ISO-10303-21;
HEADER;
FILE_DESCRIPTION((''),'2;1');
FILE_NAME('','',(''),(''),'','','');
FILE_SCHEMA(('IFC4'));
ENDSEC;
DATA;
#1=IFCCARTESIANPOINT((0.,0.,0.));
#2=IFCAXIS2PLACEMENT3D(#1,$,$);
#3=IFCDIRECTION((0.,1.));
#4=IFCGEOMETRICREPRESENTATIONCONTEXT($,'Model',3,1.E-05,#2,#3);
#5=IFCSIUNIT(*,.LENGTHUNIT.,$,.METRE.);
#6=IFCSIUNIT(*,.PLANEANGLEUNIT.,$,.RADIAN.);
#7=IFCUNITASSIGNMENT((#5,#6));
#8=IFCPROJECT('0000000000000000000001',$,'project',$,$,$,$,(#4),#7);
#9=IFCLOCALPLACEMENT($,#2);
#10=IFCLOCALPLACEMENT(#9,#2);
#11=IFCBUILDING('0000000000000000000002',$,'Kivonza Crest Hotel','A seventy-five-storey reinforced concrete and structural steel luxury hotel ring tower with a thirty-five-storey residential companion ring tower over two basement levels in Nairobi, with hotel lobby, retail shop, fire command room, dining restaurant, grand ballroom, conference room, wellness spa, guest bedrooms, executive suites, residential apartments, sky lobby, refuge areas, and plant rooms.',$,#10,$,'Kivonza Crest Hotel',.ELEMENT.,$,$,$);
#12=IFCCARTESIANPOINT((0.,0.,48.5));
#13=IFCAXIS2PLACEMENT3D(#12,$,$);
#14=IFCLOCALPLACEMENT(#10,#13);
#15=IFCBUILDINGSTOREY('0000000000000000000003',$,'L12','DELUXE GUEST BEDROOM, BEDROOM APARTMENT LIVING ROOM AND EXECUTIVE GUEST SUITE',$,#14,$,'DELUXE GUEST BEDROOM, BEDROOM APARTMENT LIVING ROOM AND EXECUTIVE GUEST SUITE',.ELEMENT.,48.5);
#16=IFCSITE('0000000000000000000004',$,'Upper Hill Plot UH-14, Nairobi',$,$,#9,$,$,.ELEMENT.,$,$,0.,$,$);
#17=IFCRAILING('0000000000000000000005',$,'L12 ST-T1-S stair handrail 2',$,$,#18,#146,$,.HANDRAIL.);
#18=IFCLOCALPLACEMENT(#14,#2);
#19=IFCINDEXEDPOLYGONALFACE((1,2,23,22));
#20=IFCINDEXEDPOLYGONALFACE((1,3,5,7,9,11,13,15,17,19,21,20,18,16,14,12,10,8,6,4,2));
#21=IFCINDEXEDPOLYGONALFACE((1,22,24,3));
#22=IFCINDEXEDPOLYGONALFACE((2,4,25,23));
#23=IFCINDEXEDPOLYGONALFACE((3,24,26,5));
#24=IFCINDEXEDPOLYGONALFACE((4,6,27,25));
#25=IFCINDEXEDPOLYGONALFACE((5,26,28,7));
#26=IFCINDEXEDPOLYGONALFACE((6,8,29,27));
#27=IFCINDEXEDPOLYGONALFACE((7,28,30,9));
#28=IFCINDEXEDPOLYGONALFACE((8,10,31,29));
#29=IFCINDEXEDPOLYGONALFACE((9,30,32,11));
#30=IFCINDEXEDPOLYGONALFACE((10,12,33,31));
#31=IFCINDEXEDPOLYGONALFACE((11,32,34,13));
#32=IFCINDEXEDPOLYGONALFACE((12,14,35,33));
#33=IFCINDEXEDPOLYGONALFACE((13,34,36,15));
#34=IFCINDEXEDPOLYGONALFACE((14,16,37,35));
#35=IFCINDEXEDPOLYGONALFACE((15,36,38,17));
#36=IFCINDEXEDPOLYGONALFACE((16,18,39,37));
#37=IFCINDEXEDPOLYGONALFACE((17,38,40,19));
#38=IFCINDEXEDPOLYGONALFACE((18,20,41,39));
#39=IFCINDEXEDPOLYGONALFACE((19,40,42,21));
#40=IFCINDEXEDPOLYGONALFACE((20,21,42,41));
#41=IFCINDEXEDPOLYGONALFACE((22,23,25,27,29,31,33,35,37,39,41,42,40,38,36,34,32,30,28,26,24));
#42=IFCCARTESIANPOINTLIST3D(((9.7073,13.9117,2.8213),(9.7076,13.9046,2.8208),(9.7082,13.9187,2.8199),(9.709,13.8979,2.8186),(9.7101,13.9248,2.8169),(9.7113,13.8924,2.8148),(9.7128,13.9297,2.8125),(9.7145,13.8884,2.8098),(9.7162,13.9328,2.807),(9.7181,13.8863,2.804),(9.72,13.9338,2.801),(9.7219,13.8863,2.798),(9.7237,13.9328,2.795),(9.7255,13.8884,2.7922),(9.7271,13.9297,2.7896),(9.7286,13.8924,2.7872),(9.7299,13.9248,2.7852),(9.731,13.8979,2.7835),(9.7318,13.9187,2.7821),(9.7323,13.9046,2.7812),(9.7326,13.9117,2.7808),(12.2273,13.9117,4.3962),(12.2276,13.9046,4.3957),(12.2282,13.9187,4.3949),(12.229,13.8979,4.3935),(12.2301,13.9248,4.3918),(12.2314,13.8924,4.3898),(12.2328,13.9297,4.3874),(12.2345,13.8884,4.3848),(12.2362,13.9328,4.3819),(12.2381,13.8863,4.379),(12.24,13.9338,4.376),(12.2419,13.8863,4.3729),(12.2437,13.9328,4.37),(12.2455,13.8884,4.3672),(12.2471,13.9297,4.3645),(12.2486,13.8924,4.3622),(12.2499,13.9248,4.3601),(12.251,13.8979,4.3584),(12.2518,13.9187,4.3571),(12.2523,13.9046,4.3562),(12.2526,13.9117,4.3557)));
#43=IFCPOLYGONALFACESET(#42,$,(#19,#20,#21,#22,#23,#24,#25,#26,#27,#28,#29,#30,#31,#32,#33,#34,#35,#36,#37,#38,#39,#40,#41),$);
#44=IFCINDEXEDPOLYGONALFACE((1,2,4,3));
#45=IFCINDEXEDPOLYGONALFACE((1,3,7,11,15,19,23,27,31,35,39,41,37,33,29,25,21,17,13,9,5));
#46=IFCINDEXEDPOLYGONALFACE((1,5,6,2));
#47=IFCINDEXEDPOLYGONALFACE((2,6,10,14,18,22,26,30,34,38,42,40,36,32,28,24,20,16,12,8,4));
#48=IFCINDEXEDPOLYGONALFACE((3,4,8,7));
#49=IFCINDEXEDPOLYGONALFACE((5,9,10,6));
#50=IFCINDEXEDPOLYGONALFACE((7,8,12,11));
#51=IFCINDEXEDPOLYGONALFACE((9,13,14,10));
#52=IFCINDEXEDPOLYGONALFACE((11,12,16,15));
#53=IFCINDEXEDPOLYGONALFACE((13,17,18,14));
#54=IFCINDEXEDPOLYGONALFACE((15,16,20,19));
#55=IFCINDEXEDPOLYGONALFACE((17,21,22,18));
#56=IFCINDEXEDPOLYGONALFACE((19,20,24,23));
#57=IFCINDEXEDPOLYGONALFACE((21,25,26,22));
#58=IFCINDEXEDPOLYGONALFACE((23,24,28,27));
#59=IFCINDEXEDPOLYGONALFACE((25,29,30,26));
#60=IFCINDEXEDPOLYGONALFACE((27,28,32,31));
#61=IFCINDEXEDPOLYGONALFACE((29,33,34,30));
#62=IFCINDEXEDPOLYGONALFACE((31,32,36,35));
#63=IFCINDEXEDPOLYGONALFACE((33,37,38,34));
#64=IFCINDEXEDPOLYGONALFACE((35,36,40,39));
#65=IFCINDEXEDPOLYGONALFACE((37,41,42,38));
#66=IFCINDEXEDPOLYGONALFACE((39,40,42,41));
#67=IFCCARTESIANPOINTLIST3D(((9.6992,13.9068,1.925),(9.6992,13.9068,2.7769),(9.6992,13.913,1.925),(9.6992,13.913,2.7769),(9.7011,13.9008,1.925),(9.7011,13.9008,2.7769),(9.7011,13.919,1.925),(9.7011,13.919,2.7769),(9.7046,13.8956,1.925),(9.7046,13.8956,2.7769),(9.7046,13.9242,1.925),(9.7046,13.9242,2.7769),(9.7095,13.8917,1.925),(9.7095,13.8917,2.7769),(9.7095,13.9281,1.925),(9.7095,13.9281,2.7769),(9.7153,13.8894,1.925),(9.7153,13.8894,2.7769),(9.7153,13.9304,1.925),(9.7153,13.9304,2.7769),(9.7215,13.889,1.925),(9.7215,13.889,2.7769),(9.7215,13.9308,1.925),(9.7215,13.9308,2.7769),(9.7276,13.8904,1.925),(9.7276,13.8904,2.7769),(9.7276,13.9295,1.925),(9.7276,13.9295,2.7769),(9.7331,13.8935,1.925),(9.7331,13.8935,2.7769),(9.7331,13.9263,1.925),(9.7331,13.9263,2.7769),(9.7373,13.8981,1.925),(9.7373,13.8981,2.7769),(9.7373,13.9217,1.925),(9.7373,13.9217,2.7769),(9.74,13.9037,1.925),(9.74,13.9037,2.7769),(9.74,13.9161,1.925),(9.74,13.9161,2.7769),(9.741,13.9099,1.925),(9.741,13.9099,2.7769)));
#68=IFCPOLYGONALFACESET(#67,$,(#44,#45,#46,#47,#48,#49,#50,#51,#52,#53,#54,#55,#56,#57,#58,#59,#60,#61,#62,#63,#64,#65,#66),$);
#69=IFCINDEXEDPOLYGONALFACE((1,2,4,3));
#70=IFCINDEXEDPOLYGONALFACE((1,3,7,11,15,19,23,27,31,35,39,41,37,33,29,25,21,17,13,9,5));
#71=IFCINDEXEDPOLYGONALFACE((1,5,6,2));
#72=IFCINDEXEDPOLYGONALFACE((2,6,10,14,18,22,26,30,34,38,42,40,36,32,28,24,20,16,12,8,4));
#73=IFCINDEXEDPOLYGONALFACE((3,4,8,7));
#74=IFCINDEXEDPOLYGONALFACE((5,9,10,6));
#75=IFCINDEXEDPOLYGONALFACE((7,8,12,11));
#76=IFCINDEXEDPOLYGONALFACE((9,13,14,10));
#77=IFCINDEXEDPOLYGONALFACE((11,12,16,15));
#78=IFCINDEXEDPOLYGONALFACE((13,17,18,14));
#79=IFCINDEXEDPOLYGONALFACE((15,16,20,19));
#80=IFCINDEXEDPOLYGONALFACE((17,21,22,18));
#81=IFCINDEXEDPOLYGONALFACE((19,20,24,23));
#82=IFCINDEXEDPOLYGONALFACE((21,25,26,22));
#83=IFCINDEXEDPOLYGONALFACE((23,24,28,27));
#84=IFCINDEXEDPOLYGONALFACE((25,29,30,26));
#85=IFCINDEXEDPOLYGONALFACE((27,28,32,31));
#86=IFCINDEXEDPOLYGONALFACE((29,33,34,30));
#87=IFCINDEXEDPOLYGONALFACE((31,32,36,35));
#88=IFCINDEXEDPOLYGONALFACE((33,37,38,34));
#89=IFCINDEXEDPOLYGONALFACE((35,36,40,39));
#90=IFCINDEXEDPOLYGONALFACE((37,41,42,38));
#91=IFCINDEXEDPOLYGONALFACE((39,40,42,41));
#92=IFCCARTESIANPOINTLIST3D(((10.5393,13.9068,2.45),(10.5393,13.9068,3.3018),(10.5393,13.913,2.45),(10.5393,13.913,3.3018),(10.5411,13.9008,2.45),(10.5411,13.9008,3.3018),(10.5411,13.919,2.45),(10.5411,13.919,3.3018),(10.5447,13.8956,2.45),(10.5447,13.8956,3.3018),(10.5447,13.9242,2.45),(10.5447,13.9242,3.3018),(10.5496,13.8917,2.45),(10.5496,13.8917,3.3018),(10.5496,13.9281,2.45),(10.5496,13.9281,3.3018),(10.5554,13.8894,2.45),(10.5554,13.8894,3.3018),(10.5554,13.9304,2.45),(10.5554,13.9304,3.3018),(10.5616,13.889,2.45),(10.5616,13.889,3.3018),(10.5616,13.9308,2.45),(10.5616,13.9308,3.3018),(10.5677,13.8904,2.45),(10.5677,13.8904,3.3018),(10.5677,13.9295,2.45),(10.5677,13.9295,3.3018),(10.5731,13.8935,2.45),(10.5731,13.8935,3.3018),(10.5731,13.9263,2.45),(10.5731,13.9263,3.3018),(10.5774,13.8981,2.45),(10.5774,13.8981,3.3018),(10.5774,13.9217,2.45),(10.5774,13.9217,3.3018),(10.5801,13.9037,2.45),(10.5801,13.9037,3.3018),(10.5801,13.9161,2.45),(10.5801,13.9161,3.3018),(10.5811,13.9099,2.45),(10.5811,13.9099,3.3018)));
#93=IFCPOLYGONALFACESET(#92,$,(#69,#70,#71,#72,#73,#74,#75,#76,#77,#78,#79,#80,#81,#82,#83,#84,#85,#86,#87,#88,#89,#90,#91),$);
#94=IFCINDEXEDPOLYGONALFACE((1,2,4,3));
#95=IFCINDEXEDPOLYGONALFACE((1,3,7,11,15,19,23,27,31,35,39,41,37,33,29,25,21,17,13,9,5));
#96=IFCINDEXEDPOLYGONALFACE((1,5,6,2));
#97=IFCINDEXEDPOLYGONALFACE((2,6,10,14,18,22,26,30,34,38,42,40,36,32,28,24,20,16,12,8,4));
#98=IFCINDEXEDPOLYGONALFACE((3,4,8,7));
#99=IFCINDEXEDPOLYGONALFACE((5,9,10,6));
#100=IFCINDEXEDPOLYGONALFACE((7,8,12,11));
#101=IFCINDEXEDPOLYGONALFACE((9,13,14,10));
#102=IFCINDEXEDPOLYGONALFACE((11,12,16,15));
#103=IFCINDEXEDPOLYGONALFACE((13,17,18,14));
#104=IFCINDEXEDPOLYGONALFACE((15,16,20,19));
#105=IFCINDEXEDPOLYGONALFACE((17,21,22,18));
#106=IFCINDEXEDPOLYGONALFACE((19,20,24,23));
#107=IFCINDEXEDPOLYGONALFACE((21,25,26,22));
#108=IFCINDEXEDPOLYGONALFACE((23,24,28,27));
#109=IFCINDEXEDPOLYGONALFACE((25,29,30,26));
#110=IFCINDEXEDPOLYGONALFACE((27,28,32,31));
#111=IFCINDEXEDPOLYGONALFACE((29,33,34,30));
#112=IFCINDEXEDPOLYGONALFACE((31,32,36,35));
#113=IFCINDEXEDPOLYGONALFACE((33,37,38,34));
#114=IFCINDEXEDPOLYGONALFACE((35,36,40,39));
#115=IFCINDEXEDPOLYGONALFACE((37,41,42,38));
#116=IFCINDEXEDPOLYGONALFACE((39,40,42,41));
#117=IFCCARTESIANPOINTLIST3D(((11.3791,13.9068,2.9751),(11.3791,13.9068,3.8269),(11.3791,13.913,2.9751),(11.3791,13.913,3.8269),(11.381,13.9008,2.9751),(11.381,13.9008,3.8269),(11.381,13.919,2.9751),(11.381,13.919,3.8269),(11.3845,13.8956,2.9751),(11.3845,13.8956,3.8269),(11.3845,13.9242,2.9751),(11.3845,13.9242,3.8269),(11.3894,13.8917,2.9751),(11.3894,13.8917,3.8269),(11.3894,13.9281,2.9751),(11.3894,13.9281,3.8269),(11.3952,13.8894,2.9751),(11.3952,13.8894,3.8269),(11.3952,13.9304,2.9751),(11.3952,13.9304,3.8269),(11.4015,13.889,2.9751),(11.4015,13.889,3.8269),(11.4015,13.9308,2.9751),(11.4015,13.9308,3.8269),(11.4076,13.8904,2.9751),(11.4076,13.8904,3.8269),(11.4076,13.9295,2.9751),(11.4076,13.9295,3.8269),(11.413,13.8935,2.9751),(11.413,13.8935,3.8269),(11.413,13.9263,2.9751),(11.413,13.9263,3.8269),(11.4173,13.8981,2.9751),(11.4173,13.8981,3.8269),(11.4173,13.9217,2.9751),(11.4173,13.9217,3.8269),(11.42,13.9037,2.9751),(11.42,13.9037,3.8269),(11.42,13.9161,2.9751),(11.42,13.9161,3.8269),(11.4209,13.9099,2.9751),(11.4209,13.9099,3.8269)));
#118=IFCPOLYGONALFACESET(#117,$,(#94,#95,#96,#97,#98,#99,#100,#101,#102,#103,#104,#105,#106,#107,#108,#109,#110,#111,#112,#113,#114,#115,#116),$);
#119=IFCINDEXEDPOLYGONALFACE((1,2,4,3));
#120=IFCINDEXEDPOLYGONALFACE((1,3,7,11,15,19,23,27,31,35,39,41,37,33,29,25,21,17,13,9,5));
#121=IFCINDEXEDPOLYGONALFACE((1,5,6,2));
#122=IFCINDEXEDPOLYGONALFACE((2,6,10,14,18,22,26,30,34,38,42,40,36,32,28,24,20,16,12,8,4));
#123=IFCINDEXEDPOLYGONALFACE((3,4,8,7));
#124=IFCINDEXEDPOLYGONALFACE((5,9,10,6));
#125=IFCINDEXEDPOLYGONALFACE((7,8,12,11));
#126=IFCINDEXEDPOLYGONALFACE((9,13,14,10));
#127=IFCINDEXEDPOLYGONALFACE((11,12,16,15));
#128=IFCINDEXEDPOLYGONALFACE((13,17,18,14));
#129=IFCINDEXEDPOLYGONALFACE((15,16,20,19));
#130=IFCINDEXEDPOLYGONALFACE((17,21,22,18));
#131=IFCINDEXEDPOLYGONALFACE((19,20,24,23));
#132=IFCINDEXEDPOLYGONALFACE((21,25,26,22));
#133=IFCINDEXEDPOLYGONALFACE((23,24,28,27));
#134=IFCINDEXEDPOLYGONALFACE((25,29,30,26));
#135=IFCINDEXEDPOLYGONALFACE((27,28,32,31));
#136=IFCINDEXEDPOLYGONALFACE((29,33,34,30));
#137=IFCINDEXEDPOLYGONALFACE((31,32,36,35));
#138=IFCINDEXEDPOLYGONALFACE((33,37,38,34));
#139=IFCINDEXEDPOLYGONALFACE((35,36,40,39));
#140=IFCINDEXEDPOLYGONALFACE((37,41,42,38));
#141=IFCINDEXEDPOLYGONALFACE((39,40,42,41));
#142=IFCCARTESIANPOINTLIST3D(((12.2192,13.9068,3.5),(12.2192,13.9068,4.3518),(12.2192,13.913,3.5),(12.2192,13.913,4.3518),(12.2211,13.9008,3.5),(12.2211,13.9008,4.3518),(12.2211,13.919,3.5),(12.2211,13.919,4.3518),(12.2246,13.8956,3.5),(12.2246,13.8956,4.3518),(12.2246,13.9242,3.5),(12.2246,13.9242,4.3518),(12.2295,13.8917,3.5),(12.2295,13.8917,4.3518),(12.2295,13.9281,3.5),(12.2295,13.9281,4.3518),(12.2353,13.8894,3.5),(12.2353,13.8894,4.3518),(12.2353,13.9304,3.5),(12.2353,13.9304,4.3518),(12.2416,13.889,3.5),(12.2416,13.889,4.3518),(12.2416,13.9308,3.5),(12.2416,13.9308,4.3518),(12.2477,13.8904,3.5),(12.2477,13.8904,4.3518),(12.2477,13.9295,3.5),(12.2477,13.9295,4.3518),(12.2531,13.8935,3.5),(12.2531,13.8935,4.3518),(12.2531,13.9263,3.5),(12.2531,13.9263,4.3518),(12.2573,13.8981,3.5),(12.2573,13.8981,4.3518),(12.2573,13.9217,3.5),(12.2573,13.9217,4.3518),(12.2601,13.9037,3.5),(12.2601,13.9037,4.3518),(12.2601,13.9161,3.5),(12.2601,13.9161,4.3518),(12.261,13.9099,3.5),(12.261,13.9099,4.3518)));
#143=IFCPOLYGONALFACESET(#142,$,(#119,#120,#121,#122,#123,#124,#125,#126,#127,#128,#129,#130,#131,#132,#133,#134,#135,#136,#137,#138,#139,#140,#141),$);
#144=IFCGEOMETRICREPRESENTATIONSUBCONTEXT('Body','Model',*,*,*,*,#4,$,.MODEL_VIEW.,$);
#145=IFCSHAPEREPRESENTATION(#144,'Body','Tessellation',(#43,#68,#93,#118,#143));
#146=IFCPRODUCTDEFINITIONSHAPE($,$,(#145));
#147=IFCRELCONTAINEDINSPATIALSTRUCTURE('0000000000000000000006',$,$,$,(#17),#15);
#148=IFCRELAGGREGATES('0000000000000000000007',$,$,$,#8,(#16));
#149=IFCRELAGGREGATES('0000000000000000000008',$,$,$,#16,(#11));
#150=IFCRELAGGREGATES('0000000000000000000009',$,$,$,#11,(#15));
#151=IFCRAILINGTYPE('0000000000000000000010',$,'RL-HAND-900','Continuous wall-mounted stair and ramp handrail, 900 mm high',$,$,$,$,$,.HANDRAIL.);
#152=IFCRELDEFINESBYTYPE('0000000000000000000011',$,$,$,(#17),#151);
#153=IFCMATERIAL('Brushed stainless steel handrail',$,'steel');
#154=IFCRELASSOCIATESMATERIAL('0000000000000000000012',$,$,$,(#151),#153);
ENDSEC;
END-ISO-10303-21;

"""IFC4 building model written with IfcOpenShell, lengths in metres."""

from ifc_helpers import new_model, si_unit, direction, frame, origin, origin_2d, place, context, subcontext, project, spatial, circle, extrude, material, type_object, element, save


model = new_model("IFC4")

# Units and contexts
model_context = context("Model", 3, precision=1e-05, world=origin(), true_north=direction((0.0, 1.0)))
body_context = subcontext(model_context, "Body", "Model", "MODEL_VIEW")
ifc_project = project(units=[si_unit("LENGTHUNIT", "METRE"), si_unit("PLANEANGLEUNIT", "RADIAN")], contexts=[model_context])

# Site, building, storey
site_placement = place(None, origin())
site = spatial("IfcSite", under=ifc_project, at=site_placement, Name="Upper Hill Plot UH-14, Nairobi", CompositionType="ELEMENT", RefElevation=0.0)
building_placement = place(site_placement, origin())
building = spatial("IfcBuilding", under=site, at=building_placement, Name="Kivonza Crest Hotel", Description="A seventy-five-storey reinforced concrete and structural steel luxury hotel ring tower with a thirty-five-storey residential companion ring tower over two basement levels in Nairobi, with hotel lobby, retail shop, fire command room, dining restaurant, grand ballroom, conference room, wellness spa, guest bedrooms, executive suites, residential apartments, sky lobby, refuge areas, and plant rooms.", LongName="Kivonza Crest Hotel", CompositionType="ELEMENT")
storey_placement = place(building_placement, frame((0.0, 0.0, 48.5)))
storey = spatial("IfcBuildingStorey", under=building, at=storey_placement, Name="L12", Description="DELUXE GUEST BEDROOM, BEDROOM APARTMENT LIVING ROOM AND EXECUTIVE GUEST SUITE", LongName="DELUXE GUEST BEDROOM, BEDROOM APARTMENT LIVING ROOM AND EXECUTIVE GUEST SUITE", CompositionType="ELEMENT", Elevation=48.5)

# Railing
ifc_material_1 = material(Name="Brushed stainless steel handrail", Category="steel")
railing_type_1 = type_object("IfcRailingType", Name="RL-HAND-900", Description="Continuous wall-mounted stair and ramp handrail, 900 mm high", PredefinedType="HANDRAIL", material=ifc_material_1)
railing_1_placement = place(storey_placement, frame((9.72, 13.9099, 1.925)))
element("IfcRailing", 1, at=railing_1_placement, inside=storey, type_object=railing_type_1, Name="L12 ST-T1-S stair handrail 2", PredefinedType="HANDRAIL", context=body_context, shape_type="SweptSolid", body=[
    extrude(circle(Radius=0.0239, at=origin_2d()), frame((0.0, 0.0, 0.876), z_axis=(0.848008, 0.0, 0.529984), x_axis=(0.0, 1.0, 0.0)), (0.0, 0.0, 1.0), 2.9717),
    extrude(circle(Radius=0.021, at=origin_2d()), origin(), (0.0, 0.0, 1.0), 0.8518),
    extrude(circle(Radius=0.021, at=origin_2d()), frame((0.8401, 0.0, 0.5249)), (0.0, 0.0, 1.0), 0.8518),
    extrude(circle(Radius=0.021, at=origin_2d()), frame((1.6799, 0.0, 1.05)), (0.0, 0.0, 1.0), 0.8518),
    extrude(circle(Radius=0.021, at=origin_2d()), frame((2.52, 0.0, 1.575)), (0.0, 0.0, 1.0), 0.8518),
])

save(model, "model.ifc")
